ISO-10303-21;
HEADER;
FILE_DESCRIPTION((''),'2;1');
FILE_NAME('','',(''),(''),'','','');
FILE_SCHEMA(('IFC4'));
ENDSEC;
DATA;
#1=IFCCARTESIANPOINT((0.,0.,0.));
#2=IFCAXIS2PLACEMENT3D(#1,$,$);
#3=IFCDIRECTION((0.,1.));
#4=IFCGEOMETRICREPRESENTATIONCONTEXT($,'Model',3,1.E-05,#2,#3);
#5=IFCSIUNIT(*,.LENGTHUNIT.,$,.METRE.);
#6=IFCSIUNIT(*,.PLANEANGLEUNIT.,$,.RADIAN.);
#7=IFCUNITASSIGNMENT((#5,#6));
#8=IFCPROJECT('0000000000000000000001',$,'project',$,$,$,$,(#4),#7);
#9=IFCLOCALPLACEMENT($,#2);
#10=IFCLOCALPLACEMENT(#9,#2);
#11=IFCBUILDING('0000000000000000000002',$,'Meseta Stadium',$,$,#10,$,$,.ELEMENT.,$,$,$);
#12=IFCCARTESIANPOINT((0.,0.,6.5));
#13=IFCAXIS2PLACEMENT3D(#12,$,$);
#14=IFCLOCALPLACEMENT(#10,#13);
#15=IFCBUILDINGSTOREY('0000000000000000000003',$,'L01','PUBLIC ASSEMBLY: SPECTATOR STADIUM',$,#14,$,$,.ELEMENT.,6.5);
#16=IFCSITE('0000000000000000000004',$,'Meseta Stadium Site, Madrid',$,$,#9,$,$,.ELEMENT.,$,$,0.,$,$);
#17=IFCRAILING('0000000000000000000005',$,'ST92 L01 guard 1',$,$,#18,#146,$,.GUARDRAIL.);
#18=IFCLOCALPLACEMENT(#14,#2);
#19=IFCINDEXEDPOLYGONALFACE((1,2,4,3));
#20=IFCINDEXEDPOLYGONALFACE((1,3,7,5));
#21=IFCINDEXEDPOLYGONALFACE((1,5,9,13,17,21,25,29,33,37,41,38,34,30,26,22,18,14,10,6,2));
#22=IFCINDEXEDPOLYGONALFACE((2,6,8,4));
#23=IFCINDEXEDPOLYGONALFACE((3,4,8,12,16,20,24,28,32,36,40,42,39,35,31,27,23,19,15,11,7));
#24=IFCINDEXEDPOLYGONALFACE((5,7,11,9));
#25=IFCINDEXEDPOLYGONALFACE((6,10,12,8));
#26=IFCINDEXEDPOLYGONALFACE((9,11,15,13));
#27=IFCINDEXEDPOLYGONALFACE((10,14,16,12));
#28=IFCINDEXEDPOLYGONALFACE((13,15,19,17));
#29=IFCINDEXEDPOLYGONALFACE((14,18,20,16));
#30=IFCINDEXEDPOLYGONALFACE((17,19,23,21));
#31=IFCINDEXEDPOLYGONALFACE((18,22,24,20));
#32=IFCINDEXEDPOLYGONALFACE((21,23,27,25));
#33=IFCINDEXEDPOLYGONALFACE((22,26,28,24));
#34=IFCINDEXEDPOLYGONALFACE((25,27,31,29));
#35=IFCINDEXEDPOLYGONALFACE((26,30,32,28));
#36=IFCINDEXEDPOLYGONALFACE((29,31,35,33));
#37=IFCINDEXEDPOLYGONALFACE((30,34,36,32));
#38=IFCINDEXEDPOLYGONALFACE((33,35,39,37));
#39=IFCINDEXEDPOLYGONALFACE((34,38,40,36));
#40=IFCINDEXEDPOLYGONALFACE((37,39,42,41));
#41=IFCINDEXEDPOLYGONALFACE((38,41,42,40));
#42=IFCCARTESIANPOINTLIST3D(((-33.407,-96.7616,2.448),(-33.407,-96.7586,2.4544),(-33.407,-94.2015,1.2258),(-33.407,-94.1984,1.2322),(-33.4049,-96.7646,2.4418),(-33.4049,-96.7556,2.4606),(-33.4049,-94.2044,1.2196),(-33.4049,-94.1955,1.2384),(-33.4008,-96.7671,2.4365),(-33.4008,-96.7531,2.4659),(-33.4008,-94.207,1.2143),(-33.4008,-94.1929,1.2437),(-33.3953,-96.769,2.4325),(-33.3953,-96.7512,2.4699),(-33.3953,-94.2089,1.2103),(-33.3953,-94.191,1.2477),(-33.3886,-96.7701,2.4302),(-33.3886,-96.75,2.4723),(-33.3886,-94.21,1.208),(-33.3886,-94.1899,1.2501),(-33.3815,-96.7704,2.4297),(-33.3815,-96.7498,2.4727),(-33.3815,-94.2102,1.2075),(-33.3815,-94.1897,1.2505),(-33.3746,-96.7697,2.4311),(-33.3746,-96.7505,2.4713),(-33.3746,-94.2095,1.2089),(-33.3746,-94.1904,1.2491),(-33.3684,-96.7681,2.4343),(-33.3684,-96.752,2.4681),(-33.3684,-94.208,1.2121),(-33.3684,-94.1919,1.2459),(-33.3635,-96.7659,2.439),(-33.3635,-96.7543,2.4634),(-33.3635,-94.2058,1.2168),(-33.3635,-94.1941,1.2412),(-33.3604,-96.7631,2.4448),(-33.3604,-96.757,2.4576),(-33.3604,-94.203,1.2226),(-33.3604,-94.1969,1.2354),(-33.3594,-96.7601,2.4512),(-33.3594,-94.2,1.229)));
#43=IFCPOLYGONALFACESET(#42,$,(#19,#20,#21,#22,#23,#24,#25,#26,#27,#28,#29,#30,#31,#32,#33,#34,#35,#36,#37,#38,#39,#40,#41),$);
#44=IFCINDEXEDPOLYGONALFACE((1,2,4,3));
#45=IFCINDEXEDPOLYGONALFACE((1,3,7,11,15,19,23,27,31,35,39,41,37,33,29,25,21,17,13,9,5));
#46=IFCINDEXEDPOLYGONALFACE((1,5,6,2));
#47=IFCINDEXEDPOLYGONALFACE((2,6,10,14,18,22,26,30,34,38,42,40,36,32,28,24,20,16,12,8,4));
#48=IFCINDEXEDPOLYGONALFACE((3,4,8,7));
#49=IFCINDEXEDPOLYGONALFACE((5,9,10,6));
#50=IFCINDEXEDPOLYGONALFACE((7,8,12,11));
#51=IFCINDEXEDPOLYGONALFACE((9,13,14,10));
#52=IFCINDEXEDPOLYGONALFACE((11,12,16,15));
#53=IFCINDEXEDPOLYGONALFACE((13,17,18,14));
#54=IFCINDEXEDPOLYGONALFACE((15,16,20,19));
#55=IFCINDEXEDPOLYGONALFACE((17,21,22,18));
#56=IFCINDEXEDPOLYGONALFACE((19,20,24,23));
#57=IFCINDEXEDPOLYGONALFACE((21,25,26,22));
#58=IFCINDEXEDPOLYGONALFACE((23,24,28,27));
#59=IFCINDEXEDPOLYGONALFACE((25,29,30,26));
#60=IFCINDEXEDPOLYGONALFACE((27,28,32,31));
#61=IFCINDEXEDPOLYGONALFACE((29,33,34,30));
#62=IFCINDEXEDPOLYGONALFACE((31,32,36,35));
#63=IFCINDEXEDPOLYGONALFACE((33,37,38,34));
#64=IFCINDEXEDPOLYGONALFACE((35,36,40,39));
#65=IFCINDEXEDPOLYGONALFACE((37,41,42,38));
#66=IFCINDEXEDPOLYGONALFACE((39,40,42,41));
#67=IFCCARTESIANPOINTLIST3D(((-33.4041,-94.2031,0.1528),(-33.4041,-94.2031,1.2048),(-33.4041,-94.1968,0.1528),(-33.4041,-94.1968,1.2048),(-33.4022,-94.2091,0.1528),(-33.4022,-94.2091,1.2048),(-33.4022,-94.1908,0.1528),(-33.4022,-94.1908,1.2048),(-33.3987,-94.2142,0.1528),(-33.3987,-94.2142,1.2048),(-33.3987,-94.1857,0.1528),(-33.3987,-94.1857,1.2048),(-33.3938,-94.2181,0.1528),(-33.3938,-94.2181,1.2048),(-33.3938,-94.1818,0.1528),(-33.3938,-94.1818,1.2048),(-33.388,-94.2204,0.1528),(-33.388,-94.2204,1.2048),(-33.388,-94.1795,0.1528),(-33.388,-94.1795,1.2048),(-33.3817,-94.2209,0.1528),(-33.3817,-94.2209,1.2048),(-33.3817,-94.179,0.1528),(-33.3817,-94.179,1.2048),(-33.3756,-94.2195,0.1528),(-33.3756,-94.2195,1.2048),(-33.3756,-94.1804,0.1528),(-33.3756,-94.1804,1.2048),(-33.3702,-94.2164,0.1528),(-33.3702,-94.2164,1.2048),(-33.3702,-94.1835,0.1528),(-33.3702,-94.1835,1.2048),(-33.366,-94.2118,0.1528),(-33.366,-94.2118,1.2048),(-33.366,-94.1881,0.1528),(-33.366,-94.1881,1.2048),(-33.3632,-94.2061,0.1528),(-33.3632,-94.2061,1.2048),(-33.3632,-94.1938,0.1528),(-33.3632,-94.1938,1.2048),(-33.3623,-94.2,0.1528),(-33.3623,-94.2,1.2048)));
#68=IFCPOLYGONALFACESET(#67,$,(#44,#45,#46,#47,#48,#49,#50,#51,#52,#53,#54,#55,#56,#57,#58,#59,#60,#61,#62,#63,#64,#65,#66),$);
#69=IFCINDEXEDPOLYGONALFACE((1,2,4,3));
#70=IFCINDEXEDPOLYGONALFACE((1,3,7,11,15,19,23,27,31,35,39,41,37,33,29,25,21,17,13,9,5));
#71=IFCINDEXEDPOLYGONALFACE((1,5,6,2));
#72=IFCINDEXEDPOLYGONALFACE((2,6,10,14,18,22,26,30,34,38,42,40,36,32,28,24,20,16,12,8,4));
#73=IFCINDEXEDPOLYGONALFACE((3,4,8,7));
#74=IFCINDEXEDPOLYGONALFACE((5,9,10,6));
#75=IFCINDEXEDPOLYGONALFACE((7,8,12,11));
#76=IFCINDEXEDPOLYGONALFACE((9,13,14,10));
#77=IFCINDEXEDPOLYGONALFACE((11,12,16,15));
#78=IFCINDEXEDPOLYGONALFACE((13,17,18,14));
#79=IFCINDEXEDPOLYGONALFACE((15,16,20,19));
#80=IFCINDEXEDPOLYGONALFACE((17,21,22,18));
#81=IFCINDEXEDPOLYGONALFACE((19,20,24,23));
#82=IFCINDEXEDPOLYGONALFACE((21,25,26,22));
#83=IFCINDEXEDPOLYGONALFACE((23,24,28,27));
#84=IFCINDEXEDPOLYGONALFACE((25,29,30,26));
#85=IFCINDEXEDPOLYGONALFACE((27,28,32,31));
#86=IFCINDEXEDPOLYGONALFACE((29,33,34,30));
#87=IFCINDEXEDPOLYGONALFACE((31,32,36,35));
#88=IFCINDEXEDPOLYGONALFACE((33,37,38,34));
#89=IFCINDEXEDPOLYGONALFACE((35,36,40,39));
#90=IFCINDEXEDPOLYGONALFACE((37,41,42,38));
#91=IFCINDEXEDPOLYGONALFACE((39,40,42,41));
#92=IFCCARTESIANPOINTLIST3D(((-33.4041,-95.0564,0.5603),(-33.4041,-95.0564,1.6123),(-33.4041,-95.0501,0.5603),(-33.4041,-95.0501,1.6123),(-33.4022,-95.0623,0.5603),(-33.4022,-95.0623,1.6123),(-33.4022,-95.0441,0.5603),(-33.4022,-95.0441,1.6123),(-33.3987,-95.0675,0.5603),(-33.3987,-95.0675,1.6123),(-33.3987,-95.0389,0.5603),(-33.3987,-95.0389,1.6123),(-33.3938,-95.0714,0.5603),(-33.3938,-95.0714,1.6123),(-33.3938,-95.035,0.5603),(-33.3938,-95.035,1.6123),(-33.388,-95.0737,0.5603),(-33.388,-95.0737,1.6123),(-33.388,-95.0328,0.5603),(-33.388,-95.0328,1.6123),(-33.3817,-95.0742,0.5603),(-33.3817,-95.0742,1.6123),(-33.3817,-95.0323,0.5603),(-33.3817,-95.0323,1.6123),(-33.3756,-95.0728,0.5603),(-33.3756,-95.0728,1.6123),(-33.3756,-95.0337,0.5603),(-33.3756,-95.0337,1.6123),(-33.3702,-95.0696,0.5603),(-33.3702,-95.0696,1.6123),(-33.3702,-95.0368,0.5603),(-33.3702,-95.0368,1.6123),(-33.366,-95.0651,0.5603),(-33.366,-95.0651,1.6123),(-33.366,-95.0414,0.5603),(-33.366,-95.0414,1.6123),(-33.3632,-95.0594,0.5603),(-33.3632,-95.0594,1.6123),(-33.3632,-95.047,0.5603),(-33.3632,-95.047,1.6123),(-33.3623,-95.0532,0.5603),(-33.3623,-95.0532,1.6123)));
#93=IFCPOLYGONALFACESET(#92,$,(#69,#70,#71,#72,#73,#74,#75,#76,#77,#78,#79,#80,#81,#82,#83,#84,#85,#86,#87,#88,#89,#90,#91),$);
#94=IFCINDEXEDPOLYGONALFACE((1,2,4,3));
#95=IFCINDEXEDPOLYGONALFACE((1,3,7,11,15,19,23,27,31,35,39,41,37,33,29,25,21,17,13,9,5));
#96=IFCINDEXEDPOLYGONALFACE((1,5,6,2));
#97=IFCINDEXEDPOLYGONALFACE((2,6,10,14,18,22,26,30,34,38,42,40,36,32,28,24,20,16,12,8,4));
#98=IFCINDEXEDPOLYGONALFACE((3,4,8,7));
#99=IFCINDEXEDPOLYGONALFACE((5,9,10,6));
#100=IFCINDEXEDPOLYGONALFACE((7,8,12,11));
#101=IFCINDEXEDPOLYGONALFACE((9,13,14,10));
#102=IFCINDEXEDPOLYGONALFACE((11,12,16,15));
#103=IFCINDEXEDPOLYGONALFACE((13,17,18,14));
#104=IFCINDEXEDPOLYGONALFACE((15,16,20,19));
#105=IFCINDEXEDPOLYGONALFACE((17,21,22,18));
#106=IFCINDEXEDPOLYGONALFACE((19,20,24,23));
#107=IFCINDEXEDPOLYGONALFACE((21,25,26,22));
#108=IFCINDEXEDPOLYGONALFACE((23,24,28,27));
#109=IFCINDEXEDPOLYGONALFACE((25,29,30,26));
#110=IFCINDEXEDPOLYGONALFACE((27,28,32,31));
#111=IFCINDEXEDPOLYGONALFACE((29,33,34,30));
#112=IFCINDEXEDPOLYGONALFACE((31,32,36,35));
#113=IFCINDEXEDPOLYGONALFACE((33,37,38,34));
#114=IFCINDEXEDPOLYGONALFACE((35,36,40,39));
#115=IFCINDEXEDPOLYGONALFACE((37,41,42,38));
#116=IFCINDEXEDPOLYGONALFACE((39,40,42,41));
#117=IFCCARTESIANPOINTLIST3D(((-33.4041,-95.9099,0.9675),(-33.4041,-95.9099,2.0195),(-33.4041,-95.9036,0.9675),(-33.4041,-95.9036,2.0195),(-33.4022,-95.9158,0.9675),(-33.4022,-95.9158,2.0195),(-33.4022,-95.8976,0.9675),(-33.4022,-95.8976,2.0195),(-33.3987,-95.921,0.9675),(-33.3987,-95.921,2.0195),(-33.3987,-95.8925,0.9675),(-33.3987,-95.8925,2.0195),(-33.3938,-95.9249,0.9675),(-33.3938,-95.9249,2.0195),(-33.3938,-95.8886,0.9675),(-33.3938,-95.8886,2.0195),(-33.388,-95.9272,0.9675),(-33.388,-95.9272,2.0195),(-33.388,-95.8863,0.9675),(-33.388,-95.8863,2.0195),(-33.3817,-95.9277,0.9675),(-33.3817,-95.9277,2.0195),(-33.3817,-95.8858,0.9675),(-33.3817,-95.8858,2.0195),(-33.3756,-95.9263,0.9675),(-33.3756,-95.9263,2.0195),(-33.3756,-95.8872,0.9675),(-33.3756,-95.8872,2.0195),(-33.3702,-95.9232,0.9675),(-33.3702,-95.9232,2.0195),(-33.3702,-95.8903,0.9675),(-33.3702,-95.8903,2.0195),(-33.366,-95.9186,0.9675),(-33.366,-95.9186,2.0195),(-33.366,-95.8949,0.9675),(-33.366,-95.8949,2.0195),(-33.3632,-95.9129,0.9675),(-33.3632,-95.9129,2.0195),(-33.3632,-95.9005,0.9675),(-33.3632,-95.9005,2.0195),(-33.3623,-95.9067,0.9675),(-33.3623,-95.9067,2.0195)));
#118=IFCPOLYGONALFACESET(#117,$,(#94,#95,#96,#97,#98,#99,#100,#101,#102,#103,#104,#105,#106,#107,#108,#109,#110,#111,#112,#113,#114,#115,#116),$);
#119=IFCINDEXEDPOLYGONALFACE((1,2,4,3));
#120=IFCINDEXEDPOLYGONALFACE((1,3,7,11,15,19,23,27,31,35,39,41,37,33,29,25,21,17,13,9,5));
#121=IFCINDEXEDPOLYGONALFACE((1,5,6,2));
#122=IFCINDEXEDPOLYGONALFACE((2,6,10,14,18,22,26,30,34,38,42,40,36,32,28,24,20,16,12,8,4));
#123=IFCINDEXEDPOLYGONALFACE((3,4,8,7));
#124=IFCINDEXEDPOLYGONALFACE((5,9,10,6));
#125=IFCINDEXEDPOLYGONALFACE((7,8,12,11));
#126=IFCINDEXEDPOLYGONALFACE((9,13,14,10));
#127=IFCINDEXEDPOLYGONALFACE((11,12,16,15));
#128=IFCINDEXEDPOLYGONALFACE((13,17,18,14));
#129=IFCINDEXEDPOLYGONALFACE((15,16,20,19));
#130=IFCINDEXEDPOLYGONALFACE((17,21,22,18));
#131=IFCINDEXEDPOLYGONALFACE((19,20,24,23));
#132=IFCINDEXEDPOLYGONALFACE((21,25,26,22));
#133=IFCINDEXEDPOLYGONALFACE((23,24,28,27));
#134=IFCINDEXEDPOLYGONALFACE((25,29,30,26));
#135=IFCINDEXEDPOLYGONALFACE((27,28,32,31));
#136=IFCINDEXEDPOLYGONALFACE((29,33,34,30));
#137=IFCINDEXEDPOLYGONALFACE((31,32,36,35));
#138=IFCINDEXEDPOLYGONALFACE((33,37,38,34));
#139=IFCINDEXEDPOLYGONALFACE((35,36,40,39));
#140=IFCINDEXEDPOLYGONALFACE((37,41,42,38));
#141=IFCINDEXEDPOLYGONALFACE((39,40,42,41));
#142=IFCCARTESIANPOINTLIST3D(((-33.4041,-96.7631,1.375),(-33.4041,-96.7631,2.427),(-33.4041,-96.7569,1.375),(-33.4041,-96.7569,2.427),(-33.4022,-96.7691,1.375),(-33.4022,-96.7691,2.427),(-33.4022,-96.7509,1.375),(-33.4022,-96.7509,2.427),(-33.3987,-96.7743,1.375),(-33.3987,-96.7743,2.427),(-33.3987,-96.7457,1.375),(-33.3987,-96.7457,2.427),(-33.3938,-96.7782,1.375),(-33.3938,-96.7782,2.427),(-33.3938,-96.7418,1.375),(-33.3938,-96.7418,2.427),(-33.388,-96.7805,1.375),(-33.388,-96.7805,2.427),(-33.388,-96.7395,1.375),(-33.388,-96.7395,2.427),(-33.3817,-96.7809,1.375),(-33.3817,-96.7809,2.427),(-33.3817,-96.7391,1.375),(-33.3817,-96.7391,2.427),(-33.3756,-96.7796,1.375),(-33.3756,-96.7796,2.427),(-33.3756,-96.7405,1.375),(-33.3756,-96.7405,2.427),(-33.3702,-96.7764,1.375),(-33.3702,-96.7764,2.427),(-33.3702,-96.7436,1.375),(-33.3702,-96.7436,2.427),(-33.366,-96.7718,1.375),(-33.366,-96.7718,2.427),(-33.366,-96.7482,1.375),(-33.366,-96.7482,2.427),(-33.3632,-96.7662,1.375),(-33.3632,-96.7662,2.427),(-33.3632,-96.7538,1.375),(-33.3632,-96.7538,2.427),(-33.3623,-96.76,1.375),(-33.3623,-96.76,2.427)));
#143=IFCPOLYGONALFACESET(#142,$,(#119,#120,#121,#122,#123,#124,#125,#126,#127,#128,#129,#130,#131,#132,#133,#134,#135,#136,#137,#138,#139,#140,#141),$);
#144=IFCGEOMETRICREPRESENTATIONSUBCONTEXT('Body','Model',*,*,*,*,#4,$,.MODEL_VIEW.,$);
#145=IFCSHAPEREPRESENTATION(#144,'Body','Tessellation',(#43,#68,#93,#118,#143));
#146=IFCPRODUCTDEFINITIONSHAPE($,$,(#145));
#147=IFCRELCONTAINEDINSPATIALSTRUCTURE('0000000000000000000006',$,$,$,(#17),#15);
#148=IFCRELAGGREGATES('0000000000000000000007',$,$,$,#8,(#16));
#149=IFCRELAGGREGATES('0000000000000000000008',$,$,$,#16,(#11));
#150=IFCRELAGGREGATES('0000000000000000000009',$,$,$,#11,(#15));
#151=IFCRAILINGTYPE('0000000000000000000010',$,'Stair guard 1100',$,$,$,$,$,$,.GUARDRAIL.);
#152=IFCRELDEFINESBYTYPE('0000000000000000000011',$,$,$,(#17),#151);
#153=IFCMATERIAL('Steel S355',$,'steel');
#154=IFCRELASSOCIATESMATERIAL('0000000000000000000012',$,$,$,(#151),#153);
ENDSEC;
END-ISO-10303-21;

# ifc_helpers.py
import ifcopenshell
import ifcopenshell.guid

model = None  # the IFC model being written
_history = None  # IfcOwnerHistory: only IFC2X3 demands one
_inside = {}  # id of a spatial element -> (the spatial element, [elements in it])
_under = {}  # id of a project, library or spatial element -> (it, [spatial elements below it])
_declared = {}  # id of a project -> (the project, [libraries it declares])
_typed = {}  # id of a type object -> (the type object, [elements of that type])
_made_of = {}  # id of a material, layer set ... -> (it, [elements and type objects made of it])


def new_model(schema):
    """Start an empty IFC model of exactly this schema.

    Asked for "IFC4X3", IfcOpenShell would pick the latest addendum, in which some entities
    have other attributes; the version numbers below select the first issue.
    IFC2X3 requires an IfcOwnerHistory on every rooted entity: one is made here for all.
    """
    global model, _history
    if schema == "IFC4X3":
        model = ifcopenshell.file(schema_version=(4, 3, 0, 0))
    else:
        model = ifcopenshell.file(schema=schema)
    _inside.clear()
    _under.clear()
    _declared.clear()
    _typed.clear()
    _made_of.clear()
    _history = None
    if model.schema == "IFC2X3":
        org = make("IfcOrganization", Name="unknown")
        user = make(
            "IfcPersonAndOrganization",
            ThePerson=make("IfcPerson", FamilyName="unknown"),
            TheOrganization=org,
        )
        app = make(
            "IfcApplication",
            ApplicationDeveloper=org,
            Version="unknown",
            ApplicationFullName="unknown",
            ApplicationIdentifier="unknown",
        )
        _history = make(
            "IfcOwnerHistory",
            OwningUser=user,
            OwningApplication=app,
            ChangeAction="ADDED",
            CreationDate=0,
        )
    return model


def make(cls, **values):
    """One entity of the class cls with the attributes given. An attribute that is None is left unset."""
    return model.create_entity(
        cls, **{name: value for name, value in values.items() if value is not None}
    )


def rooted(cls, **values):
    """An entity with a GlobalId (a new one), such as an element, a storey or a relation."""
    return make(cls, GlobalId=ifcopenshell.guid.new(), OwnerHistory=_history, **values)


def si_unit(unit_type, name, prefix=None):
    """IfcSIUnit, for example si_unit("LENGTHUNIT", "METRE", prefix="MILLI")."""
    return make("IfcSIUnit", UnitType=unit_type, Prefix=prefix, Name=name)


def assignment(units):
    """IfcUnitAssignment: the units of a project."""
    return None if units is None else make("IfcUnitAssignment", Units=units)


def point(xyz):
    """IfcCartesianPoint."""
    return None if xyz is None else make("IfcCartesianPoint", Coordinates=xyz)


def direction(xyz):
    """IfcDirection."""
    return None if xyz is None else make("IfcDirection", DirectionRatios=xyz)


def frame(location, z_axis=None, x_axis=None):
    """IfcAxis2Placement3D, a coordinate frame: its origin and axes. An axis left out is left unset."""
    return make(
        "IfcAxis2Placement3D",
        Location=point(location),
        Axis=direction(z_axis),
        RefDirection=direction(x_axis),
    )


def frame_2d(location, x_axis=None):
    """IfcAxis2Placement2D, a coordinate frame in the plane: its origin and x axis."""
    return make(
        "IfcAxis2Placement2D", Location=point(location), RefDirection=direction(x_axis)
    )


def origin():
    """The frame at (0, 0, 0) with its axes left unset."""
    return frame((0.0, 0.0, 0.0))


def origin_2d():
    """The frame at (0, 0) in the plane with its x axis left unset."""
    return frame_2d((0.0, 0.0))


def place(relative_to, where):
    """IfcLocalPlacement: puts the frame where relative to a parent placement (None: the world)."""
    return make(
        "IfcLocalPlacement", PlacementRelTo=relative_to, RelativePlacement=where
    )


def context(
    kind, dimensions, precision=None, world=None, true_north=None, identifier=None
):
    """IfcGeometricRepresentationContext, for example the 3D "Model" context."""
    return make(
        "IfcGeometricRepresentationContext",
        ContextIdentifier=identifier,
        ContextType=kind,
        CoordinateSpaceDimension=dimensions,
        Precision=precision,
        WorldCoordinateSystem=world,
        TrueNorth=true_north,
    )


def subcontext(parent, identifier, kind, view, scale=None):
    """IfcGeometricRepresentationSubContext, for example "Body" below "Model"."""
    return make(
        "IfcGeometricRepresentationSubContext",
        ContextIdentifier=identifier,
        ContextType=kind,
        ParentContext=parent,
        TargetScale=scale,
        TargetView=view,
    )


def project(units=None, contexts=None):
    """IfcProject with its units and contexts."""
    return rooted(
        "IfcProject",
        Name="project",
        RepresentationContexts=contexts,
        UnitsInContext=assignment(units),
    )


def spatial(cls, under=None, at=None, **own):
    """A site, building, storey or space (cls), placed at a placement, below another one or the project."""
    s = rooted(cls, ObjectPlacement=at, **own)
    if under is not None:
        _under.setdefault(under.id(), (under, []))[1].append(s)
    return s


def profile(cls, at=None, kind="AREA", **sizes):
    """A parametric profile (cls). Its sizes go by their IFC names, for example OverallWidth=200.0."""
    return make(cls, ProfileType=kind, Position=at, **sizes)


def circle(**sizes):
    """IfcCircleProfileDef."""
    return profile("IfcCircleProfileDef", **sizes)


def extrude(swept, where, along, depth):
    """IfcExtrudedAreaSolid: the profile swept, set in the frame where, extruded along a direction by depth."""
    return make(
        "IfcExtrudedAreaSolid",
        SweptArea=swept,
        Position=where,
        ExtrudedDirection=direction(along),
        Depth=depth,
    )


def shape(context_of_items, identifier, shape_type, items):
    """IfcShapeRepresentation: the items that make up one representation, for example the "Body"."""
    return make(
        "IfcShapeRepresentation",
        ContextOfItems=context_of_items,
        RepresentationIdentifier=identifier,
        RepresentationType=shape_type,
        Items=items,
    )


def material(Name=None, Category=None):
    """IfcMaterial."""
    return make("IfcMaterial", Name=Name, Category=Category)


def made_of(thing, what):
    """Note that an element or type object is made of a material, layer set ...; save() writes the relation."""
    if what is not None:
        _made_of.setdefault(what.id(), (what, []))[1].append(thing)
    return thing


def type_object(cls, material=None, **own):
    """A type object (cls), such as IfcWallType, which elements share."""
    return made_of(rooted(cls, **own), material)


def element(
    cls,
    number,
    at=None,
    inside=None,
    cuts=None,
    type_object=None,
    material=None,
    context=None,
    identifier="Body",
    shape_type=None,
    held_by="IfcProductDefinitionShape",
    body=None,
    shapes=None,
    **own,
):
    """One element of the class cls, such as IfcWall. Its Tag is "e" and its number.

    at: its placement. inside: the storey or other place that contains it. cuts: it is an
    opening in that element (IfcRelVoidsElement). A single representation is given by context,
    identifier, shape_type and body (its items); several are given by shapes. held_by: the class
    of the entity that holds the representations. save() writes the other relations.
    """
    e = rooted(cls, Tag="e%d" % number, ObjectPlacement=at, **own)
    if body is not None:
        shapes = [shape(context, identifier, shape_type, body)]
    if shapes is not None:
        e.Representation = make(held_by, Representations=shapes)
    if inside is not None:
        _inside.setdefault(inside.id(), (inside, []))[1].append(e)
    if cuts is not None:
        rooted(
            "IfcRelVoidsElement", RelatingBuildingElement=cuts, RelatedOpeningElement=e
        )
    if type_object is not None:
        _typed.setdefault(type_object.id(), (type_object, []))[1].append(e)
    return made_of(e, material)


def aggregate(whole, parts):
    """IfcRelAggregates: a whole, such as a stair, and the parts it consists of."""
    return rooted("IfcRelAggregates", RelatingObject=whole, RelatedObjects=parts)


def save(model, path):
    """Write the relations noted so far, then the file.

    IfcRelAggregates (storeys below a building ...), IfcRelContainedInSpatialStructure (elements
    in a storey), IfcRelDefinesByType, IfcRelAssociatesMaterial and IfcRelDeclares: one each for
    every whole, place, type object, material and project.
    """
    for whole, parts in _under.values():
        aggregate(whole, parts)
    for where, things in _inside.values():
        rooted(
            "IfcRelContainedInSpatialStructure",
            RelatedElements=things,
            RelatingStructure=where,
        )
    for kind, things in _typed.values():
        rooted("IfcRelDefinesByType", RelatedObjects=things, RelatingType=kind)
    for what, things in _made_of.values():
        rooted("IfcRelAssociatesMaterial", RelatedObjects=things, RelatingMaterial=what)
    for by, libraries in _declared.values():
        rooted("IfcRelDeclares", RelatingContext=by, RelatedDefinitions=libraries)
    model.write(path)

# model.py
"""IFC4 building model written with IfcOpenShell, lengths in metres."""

from ifc_helpers import new_model, si_unit, direction, frame, origin, origin_2d, place, context, subcontext, project, spatial, circle, extrude, material, type_object, element, save


model = new_model("IFC4")

# Units and contexts
model_context = context("Model", 3, precision=1e-05, world=origin(), true_north=direction((0.0, 1.0)))
body_context = subcontext(model_context, "Body", "Model", "MODEL_VIEW")
ifc_project = project(units=[si_unit("LENGTHUNIT", "METRE"), si_unit("PLANEANGLEUNIT", "RADIAN")], contexts=[model_context])

# Site, building, storey
site_placement = place(None, origin())
site = spatial("IfcSite", under=ifc_project, at=site_placement, Name="Meseta Stadium Site, Madrid", CompositionType="ELEMENT", RefElevation=0.0)
building_placement = place(site_placement, origin())
building = spatial("IfcBuilding", under=site, at=building_placement, Name="Meseta Stadium", CompositionType="ELEMENT")
storey_placement = place(building_placement, frame((0.0, 0.0, 6.5)))
storey = spatial("IfcBuildingStorey", under=building, at=storey_placement, Name="L01", Description="PUBLIC ASSEMBLY: SPECTATOR STADIUM", CompositionType="ELEMENT", Elevation=6.5)

# Railing
ifc_material_1 = material(Name="Steel S355", Category="steel")
railing_type_1 = type_object("IfcRailingType", Name="Stair guard 1100", PredefinedType="GUARDRAIL", material=ifc_material_1)
railing_1_placement = place(storey_placement, frame((-33.3833, -94.2, 0.1528)))
element("IfcRailing", 1, at=railing_1_placement, inside=storey, type_object=railing_type_1, Name="ST92 L01 guard 1", PredefinedType="GUARDRAIL", context=body_context, shape_type="SweptSolid", body=[
    extrude(circle(Radius=0.0239, at=origin_2d()), frame((0.0, 0.0, 1.0762), z_axis=(0.0, -0.902437, 0.430822), x_axis=(1.0, 0.0, 0.0)), (0.0, 0.0, 1.0), 2.8369),
    extrude(circle(Radius=0.021, at=origin_2d()), origin(), (0.0, 0.0, 1.0), 1.052),
    extrude(circle(Radius=0.021, at=origin_2d()), frame((0.0, -0.8533, 0.4075)), (0.0, 0.0, 1.0), 1.052),
    extrude(circle(Radius=0.021, at=origin_2d()), frame((0.0, -1.7068, 0.8147)), (0.0, 0.0, 1.0), 1.052),
    extrude(circle(Radius=0.021, at=origin_2d()), frame((0.0, -2.5601, 1.2222)), (0.0, 0.0, 1.0), 1.052),
])

save(model, "model.ifc")
